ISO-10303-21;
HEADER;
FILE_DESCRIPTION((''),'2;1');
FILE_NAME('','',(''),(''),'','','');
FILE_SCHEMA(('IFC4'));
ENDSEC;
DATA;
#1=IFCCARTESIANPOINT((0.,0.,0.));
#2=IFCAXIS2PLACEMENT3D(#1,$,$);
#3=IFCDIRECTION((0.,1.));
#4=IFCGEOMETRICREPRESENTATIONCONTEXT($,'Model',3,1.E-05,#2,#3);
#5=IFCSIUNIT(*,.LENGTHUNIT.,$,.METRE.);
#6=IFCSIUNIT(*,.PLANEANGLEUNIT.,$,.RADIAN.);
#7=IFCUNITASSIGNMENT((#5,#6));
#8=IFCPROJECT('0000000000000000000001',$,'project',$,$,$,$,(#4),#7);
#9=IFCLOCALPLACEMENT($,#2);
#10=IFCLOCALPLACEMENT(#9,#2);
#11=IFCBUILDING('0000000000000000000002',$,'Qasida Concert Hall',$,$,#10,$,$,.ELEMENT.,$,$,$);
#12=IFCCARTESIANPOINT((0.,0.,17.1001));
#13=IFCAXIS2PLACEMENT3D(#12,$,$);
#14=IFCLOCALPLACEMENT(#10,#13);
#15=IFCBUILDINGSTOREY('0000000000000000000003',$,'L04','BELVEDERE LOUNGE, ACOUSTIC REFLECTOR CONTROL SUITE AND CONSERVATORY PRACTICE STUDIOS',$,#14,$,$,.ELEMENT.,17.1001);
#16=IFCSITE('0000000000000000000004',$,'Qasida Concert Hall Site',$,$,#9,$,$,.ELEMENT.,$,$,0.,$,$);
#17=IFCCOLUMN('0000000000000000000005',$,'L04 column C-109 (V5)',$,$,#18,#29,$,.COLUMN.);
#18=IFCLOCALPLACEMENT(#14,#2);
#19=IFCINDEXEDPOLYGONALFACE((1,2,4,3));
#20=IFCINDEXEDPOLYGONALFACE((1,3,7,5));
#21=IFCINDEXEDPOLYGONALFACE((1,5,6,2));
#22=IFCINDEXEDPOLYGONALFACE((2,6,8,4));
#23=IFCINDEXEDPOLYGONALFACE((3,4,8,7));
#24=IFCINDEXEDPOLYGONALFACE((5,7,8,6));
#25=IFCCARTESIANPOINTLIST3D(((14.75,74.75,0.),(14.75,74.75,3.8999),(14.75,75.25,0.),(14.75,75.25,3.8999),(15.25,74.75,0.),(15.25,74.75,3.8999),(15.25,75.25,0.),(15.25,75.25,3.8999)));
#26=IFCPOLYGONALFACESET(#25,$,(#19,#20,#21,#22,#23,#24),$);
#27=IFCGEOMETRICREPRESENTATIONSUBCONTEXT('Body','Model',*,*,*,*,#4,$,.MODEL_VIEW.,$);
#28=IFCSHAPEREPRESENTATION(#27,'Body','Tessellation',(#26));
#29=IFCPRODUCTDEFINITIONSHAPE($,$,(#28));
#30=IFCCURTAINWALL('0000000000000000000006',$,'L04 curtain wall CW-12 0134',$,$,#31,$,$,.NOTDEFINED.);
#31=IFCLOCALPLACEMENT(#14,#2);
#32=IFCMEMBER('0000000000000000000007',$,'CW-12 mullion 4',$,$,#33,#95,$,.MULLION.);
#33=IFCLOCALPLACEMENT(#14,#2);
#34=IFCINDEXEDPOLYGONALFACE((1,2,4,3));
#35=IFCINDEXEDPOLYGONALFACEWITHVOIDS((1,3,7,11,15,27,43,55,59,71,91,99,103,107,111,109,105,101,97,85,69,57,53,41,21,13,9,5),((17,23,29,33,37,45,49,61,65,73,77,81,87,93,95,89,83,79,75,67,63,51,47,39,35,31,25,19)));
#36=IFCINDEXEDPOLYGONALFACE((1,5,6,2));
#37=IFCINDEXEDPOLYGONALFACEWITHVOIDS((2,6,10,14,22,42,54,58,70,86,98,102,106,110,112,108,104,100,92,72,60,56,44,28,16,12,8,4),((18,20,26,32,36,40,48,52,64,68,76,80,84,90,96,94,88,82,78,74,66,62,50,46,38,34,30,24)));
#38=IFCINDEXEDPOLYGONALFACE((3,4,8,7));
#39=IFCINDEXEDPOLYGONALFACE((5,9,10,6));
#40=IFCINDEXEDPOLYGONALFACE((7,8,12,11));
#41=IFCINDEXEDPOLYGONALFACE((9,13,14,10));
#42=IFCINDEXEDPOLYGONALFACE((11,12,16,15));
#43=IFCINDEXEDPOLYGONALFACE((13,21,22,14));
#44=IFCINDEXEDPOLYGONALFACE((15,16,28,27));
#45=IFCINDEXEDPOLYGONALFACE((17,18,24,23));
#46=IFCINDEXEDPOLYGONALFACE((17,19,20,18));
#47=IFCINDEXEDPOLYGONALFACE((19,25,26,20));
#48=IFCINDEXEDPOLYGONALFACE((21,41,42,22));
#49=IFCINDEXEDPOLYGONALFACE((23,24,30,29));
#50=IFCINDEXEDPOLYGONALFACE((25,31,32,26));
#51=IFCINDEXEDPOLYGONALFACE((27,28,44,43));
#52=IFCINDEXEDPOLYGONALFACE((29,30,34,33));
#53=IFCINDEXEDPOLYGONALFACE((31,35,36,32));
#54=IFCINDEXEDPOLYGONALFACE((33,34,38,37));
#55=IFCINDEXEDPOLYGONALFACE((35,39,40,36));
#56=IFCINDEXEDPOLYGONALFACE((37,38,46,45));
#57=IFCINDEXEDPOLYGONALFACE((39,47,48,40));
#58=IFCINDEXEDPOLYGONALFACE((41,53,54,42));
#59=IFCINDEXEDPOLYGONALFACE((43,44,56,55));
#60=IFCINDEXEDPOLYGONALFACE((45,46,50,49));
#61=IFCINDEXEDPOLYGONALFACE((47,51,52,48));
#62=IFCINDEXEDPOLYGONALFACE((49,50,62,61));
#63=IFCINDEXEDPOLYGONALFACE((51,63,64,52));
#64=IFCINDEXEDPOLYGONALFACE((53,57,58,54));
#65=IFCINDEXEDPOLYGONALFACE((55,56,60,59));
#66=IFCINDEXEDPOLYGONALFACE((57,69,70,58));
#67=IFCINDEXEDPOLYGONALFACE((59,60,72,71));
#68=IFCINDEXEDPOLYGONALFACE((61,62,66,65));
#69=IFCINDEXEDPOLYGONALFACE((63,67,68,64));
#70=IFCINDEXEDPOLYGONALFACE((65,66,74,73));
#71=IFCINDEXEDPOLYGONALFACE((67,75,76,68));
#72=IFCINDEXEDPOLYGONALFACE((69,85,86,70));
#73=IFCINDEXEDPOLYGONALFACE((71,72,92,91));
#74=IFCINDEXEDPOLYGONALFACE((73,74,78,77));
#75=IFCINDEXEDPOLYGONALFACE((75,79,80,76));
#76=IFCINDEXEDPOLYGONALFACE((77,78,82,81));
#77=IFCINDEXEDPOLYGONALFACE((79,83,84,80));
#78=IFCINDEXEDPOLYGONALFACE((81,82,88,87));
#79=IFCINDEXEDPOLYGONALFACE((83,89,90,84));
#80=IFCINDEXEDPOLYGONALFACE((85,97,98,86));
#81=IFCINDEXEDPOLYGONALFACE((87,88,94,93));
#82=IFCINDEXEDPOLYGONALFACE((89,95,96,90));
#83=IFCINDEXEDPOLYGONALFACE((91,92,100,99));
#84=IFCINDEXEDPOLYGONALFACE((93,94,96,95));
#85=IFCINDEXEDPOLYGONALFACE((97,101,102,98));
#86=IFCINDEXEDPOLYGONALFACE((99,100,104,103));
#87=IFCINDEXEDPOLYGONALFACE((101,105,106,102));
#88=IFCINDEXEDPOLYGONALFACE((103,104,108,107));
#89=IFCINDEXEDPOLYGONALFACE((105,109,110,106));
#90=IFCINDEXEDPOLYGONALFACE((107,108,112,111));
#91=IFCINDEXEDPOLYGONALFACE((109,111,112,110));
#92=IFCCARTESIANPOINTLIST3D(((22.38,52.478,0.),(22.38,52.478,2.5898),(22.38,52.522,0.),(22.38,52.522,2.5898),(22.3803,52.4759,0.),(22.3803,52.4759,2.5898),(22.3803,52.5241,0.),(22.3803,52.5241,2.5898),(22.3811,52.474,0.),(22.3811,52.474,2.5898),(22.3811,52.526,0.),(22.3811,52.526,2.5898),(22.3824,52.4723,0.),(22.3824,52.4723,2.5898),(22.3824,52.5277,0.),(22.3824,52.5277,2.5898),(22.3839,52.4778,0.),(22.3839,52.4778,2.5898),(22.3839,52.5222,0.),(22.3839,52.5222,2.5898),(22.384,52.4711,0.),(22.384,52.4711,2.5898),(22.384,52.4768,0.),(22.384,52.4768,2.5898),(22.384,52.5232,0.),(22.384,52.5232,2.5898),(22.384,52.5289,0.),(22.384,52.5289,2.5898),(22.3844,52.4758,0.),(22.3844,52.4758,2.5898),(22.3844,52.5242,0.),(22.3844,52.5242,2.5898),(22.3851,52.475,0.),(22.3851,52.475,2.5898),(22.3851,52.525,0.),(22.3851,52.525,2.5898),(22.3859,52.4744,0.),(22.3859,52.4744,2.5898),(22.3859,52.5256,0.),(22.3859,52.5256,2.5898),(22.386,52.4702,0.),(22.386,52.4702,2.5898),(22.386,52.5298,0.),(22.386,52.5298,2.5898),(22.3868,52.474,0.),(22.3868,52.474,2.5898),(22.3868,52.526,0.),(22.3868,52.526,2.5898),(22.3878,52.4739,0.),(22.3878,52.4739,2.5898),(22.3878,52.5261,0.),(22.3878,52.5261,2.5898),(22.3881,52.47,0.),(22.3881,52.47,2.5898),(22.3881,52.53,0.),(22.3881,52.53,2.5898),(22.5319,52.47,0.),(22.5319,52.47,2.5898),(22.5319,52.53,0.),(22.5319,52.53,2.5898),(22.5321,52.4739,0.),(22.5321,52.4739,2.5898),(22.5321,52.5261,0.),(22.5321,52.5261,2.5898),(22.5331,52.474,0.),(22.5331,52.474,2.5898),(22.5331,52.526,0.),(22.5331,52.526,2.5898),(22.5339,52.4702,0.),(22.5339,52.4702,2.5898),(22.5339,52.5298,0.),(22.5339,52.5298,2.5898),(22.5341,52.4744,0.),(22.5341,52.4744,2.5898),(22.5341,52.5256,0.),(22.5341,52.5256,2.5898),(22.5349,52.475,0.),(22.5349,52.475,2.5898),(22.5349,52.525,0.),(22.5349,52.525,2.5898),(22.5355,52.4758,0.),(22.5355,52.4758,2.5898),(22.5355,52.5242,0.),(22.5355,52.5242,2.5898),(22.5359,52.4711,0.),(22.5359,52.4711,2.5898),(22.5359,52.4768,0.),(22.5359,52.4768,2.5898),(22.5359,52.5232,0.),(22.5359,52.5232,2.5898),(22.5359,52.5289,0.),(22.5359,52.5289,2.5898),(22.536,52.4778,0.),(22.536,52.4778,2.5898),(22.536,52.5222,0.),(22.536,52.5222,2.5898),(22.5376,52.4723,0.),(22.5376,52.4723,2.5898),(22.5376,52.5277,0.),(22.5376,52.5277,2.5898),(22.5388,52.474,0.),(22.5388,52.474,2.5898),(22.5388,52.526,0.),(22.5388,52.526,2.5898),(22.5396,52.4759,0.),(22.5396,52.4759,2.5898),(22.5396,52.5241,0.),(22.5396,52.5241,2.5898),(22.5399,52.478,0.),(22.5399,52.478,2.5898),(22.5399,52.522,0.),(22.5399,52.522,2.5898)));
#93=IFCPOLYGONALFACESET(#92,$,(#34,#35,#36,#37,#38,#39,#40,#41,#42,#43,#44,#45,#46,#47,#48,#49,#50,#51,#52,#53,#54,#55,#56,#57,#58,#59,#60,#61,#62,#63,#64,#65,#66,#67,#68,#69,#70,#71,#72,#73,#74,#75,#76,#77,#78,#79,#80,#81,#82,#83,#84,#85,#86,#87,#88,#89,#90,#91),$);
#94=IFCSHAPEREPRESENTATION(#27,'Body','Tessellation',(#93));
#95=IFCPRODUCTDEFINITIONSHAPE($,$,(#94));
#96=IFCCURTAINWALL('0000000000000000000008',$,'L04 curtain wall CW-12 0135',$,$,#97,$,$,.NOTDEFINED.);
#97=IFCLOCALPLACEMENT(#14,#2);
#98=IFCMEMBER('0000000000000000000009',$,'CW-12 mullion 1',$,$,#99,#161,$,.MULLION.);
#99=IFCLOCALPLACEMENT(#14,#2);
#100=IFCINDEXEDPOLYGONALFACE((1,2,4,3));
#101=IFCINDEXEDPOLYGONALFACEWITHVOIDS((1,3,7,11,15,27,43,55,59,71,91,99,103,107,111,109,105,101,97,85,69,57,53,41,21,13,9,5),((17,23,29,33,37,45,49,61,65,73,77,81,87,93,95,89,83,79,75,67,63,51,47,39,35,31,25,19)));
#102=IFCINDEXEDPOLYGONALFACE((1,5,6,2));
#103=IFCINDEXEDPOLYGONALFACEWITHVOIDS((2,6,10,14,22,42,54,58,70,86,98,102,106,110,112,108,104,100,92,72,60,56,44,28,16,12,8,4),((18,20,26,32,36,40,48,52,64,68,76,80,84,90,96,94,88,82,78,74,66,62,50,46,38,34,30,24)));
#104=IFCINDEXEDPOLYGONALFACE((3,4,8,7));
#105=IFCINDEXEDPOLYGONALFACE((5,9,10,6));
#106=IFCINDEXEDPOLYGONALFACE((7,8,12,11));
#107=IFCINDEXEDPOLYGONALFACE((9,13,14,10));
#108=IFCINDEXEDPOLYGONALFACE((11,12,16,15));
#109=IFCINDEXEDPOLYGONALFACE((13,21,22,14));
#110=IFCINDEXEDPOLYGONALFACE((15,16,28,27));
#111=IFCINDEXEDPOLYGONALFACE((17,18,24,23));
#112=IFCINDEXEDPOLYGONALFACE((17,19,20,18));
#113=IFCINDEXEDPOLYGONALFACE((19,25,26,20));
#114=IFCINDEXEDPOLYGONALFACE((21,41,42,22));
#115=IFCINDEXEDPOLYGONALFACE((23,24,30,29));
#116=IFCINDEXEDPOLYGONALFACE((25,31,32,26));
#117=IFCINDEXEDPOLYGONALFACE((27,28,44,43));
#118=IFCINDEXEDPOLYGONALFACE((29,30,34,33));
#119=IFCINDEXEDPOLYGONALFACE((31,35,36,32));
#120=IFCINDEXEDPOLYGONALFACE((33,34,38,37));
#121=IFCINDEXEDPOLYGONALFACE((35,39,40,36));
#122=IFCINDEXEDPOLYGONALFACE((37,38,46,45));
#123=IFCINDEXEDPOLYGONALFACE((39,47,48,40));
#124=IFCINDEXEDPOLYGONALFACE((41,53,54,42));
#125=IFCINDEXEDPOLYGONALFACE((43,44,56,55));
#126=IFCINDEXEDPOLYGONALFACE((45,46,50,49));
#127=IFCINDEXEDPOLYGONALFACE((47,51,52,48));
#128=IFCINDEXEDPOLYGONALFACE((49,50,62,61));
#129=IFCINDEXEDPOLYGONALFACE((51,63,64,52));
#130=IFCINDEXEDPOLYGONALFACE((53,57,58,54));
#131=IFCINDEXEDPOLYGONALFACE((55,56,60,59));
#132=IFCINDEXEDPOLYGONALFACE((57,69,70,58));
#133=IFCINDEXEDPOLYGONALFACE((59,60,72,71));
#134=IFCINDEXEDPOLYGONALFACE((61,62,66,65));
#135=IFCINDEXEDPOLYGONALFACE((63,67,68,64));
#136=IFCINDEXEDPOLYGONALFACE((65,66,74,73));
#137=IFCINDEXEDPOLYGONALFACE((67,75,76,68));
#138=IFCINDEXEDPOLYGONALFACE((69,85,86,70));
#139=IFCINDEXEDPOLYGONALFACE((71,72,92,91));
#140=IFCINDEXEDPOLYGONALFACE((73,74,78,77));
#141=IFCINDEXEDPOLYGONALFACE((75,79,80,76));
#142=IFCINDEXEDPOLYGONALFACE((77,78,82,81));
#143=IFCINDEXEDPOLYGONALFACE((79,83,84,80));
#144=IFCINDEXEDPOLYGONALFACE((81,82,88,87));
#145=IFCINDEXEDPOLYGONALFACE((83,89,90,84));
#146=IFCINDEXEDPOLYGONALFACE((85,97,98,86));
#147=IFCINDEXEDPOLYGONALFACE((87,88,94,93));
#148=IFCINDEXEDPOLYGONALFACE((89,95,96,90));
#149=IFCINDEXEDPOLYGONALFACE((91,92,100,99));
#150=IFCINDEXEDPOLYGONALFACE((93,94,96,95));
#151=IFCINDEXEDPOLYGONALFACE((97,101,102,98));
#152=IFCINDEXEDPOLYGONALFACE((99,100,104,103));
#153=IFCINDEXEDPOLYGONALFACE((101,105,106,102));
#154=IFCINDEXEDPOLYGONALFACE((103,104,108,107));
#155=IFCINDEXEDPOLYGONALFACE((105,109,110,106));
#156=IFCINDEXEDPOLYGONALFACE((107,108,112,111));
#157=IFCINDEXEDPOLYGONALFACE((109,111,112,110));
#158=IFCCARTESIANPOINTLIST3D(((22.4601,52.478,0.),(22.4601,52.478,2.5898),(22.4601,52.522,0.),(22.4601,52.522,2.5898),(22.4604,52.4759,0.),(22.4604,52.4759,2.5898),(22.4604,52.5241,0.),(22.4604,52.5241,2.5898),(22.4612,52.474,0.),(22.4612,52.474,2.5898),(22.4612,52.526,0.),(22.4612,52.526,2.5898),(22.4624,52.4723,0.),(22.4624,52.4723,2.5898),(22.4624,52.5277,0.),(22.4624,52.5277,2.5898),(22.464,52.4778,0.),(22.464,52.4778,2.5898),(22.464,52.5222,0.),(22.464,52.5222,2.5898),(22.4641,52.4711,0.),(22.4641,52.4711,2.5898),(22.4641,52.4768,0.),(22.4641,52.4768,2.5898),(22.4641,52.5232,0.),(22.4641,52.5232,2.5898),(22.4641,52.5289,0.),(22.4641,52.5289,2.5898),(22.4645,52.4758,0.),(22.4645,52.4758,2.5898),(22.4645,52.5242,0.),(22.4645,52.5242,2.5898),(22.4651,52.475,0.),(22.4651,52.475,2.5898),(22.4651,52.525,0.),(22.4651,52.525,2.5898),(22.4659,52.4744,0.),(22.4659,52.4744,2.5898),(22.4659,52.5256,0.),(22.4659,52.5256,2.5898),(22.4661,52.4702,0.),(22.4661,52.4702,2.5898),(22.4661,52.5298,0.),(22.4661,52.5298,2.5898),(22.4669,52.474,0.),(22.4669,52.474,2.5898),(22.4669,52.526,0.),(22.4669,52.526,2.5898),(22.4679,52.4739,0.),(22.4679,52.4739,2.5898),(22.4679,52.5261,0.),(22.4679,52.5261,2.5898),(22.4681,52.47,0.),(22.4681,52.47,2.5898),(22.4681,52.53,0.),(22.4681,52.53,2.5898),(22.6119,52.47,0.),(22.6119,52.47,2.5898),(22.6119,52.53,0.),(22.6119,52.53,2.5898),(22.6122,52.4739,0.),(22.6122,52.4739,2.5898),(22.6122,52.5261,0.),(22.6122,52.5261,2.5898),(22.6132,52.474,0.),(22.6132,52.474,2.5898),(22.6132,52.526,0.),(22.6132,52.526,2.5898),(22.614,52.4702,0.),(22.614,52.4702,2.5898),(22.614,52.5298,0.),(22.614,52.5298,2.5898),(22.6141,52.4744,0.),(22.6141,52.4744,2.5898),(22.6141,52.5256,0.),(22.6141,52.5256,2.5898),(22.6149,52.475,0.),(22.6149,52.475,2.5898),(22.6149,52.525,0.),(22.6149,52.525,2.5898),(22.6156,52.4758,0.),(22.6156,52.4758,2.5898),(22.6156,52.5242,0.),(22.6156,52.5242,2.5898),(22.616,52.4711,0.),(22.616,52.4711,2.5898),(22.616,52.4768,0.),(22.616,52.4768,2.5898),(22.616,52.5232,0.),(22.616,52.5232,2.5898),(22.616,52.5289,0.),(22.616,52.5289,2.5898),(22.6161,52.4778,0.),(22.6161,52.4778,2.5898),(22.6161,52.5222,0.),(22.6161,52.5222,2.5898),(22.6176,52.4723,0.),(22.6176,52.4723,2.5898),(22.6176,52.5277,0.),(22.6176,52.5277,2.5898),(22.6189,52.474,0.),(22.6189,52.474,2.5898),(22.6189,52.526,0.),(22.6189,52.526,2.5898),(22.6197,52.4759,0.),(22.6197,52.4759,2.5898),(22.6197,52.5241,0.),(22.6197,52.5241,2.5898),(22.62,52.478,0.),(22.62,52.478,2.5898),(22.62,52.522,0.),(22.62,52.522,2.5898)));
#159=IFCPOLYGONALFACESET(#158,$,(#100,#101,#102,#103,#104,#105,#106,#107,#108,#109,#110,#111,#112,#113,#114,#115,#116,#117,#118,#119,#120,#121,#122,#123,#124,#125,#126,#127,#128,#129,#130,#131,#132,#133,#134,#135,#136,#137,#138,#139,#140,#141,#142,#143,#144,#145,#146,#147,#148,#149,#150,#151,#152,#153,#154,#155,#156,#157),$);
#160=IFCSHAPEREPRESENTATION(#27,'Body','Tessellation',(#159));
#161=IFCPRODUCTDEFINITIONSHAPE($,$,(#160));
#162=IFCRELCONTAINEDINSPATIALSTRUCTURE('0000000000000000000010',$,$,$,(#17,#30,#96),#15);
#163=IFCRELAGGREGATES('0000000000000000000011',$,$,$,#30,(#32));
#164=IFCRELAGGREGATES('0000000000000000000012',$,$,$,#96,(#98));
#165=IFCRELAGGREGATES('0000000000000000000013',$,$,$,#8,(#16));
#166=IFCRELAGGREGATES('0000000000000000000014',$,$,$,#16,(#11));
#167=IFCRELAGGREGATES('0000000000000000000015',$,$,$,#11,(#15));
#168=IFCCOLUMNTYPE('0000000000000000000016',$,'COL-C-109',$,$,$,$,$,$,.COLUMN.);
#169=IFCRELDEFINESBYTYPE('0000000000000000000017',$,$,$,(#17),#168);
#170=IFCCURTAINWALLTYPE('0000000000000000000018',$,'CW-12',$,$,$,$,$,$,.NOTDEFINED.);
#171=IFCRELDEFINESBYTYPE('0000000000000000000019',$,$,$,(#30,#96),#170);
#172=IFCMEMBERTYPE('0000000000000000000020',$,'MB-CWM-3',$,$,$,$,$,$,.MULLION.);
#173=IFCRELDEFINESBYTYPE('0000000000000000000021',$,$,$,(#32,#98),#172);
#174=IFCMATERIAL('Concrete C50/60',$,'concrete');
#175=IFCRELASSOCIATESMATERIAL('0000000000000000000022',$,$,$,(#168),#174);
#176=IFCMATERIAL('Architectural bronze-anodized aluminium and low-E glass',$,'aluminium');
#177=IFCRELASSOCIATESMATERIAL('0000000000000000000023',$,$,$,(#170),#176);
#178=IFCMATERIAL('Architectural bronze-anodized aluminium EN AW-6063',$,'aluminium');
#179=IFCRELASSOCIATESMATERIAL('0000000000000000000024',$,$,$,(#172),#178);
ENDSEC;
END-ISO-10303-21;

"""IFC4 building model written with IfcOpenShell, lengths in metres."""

from ifc_helpers import new_model, si_unit, direction, frame, origin, origin_2d, place, context, subcontext, project, spatial, rectangle, hollow_rectangle, extrude, material, material_profile, profile_set, type_object, element, aggregate, save


model = new_model("IFC4")

# Units and contexts
model_context = context("Model", 3, precision=1e-05, world=origin(), true_north=direction((0.0, 1.0)))
body_context = subcontext(model_context, "Body", "Model", "MODEL_VIEW")
ifc_project = project(units=[si_unit("LENGTHUNIT", "METRE"), si_unit("PLANEANGLEUNIT", "RADIAN")], contexts=[model_context])

# Site, building, storey
site_placement = place(None, origin())
site = spatial("IfcSite", under=ifc_project, at=site_placement, Name="Qasida Concert Hall Site", CompositionType="ELEMENT", RefElevation=0.0)
building_placement = place(site_placement, origin())
building = spatial("IfcBuilding", under=site, at=building_placement, Name="Qasida Concert Hall", CompositionType="ELEMENT")
storey_placement = place(building_placement, frame((0.0, 0.0, 17.1001)))
storey = spatial("IfcBuildingStorey", under=building, at=storey_placement, Name="L04", Description="BELVEDERE LOUNGE, ACOUSTIC REFLECTOR CONTROL SUITE AND CONSERVATORY PRACTICE STUDIOS", CompositionType="ELEMENT", Elevation=17.1001)

# Column
ifc_material_1 = material(Name="Concrete C50/60", Category="concrete")
ifc_material_profile_1 = material_profile(ifc_material_1, rectangle(XDim=0.5, YDim=0.5, at=origin_2d()), Name="RC 500x500")
ifc_profile_set_1 = profile_set([ifc_material_profile_1], Name="Concrete C50/60")
column_type = type_object("IfcColumnType", Name="COL-C-109", PredefinedType="COLUMN", material=ifc_profile_set_1)
column_placement = place(storey_placement, frame((15.0, 75.0, 0.0), z_axis=(0.0, 0.0, 1.0), x_axis=(1.0, 0.0, 0.0)))
element("IfcColumn", 1, at=column_placement, inside=storey, type_object=column_type, Name="L04 column C-109 (V5)", PredefinedType="COLUMN", context=body_context, shape_type="SweptSolid", body=[
    extrude(rectangle(XDim=0.5, YDim=0.5, at=origin_2d()), origin(), (0.0, 0.0, 1.0), 3.8999),
])

# Curtain wall, member
ifc_material_2 = material(Name="Architectural bronze-anodized aluminium and low-E glass", Category="aluminium")
curtain_wall_type = type_object("IfcCurtainWallType", Name="CW-12", PredefinedType="NOTDEFINED", material=ifc_material_2)
curtain_wall_1_placement = place(storey_placement, origin())
curtain_wall_1 = element("IfcCurtainWall", 2, at=curtain_wall_1_placement, inside=storey, type_object=curtain_wall_type, Name="L04 curtain wall CW-12 0134", PredefinedType="NOTDEFINED")
ifc_material_3 = material(Name="Architectural bronze-anodized aluminium EN AW-6063", Category="aluminium")
ifc_material_profile_2 = material_profile(ifc_material_3, hollow_rectangle(XDim=0.0601, YDim=0.1599, WallThickness=0.0039, InnerFilletRadius=0.0039, OuterFilletRadius=0.0081, at=origin_2d()), Name="CWM 160x60x4")
ifc_profile_set_2 = profile_set([ifc_material_profile_2], Name="Architectural bronze-anodized aluminium EN AW-6063")
member_type_1 = type_object("IfcMemberType", Name="MB-CWM-3", PredefinedType="MULLION", material=ifc_profile_set_2)
member_1_placement = place(storey_placement, frame((22.46, 52.5, 0.0), z_axis=(0.0, 0.0, 1.0), x_axis=(0.0, 1.0, 0.0)))
member_1 = element("IfcMember", 3, at=member_1_placement, type_object=member_type_1, Name="CW-12 mullion 4", PredefinedType="MULLION", context=body_context, shape_type="SweptSolid", body=[
    extrude(hollow_rectangle(XDim=0.0601, YDim=0.1599, WallThickness=0.0039, InnerFilletRadius=0.0039, OuterFilletRadius=0.0081, at=origin_2d()), origin(), (0.0, 0.0, 1.0), 2.5898),
])

# Curtain wall, member
curtain_wall_2_placement = place(storey_placement, origin())
curtain_wall_2 = element("IfcCurtainWall", 4, at=curtain_wall_2_placement, inside=storey, type_object=curtain_wall_type, Name="L04 curtain wall CW-12 0135", PredefinedType="NOTDEFINED")
member_2_placement = place(storey_placement, frame((22.54, 52.5, 0.0), z_axis=(0.0, 0.0, 1.0), x_axis=(0.0, 1.0, 0.0)))
member_2 = element("IfcMember", 5, at=member_2_placement, type_object=member_type_1, Name="CW-12 mullion 1", PredefinedType="MULLION", context=body_context, shape_type="SweptSolid", body=[
    extrude(hollow_rectangle(XDim=0.0601, YDim=0.1599, WallThickness=0.0039, InnerFilletRadius=0.0039, OuterFilletRadius=0.0081, at=origin_2d()), origin(), (0.0, 0.0, 1.0), 2.5898),
])

aggregate(curtain_wall_1, [member_1])
aggregate(curtain_wall_2, [member_2])

save(model, "model.ifc")
